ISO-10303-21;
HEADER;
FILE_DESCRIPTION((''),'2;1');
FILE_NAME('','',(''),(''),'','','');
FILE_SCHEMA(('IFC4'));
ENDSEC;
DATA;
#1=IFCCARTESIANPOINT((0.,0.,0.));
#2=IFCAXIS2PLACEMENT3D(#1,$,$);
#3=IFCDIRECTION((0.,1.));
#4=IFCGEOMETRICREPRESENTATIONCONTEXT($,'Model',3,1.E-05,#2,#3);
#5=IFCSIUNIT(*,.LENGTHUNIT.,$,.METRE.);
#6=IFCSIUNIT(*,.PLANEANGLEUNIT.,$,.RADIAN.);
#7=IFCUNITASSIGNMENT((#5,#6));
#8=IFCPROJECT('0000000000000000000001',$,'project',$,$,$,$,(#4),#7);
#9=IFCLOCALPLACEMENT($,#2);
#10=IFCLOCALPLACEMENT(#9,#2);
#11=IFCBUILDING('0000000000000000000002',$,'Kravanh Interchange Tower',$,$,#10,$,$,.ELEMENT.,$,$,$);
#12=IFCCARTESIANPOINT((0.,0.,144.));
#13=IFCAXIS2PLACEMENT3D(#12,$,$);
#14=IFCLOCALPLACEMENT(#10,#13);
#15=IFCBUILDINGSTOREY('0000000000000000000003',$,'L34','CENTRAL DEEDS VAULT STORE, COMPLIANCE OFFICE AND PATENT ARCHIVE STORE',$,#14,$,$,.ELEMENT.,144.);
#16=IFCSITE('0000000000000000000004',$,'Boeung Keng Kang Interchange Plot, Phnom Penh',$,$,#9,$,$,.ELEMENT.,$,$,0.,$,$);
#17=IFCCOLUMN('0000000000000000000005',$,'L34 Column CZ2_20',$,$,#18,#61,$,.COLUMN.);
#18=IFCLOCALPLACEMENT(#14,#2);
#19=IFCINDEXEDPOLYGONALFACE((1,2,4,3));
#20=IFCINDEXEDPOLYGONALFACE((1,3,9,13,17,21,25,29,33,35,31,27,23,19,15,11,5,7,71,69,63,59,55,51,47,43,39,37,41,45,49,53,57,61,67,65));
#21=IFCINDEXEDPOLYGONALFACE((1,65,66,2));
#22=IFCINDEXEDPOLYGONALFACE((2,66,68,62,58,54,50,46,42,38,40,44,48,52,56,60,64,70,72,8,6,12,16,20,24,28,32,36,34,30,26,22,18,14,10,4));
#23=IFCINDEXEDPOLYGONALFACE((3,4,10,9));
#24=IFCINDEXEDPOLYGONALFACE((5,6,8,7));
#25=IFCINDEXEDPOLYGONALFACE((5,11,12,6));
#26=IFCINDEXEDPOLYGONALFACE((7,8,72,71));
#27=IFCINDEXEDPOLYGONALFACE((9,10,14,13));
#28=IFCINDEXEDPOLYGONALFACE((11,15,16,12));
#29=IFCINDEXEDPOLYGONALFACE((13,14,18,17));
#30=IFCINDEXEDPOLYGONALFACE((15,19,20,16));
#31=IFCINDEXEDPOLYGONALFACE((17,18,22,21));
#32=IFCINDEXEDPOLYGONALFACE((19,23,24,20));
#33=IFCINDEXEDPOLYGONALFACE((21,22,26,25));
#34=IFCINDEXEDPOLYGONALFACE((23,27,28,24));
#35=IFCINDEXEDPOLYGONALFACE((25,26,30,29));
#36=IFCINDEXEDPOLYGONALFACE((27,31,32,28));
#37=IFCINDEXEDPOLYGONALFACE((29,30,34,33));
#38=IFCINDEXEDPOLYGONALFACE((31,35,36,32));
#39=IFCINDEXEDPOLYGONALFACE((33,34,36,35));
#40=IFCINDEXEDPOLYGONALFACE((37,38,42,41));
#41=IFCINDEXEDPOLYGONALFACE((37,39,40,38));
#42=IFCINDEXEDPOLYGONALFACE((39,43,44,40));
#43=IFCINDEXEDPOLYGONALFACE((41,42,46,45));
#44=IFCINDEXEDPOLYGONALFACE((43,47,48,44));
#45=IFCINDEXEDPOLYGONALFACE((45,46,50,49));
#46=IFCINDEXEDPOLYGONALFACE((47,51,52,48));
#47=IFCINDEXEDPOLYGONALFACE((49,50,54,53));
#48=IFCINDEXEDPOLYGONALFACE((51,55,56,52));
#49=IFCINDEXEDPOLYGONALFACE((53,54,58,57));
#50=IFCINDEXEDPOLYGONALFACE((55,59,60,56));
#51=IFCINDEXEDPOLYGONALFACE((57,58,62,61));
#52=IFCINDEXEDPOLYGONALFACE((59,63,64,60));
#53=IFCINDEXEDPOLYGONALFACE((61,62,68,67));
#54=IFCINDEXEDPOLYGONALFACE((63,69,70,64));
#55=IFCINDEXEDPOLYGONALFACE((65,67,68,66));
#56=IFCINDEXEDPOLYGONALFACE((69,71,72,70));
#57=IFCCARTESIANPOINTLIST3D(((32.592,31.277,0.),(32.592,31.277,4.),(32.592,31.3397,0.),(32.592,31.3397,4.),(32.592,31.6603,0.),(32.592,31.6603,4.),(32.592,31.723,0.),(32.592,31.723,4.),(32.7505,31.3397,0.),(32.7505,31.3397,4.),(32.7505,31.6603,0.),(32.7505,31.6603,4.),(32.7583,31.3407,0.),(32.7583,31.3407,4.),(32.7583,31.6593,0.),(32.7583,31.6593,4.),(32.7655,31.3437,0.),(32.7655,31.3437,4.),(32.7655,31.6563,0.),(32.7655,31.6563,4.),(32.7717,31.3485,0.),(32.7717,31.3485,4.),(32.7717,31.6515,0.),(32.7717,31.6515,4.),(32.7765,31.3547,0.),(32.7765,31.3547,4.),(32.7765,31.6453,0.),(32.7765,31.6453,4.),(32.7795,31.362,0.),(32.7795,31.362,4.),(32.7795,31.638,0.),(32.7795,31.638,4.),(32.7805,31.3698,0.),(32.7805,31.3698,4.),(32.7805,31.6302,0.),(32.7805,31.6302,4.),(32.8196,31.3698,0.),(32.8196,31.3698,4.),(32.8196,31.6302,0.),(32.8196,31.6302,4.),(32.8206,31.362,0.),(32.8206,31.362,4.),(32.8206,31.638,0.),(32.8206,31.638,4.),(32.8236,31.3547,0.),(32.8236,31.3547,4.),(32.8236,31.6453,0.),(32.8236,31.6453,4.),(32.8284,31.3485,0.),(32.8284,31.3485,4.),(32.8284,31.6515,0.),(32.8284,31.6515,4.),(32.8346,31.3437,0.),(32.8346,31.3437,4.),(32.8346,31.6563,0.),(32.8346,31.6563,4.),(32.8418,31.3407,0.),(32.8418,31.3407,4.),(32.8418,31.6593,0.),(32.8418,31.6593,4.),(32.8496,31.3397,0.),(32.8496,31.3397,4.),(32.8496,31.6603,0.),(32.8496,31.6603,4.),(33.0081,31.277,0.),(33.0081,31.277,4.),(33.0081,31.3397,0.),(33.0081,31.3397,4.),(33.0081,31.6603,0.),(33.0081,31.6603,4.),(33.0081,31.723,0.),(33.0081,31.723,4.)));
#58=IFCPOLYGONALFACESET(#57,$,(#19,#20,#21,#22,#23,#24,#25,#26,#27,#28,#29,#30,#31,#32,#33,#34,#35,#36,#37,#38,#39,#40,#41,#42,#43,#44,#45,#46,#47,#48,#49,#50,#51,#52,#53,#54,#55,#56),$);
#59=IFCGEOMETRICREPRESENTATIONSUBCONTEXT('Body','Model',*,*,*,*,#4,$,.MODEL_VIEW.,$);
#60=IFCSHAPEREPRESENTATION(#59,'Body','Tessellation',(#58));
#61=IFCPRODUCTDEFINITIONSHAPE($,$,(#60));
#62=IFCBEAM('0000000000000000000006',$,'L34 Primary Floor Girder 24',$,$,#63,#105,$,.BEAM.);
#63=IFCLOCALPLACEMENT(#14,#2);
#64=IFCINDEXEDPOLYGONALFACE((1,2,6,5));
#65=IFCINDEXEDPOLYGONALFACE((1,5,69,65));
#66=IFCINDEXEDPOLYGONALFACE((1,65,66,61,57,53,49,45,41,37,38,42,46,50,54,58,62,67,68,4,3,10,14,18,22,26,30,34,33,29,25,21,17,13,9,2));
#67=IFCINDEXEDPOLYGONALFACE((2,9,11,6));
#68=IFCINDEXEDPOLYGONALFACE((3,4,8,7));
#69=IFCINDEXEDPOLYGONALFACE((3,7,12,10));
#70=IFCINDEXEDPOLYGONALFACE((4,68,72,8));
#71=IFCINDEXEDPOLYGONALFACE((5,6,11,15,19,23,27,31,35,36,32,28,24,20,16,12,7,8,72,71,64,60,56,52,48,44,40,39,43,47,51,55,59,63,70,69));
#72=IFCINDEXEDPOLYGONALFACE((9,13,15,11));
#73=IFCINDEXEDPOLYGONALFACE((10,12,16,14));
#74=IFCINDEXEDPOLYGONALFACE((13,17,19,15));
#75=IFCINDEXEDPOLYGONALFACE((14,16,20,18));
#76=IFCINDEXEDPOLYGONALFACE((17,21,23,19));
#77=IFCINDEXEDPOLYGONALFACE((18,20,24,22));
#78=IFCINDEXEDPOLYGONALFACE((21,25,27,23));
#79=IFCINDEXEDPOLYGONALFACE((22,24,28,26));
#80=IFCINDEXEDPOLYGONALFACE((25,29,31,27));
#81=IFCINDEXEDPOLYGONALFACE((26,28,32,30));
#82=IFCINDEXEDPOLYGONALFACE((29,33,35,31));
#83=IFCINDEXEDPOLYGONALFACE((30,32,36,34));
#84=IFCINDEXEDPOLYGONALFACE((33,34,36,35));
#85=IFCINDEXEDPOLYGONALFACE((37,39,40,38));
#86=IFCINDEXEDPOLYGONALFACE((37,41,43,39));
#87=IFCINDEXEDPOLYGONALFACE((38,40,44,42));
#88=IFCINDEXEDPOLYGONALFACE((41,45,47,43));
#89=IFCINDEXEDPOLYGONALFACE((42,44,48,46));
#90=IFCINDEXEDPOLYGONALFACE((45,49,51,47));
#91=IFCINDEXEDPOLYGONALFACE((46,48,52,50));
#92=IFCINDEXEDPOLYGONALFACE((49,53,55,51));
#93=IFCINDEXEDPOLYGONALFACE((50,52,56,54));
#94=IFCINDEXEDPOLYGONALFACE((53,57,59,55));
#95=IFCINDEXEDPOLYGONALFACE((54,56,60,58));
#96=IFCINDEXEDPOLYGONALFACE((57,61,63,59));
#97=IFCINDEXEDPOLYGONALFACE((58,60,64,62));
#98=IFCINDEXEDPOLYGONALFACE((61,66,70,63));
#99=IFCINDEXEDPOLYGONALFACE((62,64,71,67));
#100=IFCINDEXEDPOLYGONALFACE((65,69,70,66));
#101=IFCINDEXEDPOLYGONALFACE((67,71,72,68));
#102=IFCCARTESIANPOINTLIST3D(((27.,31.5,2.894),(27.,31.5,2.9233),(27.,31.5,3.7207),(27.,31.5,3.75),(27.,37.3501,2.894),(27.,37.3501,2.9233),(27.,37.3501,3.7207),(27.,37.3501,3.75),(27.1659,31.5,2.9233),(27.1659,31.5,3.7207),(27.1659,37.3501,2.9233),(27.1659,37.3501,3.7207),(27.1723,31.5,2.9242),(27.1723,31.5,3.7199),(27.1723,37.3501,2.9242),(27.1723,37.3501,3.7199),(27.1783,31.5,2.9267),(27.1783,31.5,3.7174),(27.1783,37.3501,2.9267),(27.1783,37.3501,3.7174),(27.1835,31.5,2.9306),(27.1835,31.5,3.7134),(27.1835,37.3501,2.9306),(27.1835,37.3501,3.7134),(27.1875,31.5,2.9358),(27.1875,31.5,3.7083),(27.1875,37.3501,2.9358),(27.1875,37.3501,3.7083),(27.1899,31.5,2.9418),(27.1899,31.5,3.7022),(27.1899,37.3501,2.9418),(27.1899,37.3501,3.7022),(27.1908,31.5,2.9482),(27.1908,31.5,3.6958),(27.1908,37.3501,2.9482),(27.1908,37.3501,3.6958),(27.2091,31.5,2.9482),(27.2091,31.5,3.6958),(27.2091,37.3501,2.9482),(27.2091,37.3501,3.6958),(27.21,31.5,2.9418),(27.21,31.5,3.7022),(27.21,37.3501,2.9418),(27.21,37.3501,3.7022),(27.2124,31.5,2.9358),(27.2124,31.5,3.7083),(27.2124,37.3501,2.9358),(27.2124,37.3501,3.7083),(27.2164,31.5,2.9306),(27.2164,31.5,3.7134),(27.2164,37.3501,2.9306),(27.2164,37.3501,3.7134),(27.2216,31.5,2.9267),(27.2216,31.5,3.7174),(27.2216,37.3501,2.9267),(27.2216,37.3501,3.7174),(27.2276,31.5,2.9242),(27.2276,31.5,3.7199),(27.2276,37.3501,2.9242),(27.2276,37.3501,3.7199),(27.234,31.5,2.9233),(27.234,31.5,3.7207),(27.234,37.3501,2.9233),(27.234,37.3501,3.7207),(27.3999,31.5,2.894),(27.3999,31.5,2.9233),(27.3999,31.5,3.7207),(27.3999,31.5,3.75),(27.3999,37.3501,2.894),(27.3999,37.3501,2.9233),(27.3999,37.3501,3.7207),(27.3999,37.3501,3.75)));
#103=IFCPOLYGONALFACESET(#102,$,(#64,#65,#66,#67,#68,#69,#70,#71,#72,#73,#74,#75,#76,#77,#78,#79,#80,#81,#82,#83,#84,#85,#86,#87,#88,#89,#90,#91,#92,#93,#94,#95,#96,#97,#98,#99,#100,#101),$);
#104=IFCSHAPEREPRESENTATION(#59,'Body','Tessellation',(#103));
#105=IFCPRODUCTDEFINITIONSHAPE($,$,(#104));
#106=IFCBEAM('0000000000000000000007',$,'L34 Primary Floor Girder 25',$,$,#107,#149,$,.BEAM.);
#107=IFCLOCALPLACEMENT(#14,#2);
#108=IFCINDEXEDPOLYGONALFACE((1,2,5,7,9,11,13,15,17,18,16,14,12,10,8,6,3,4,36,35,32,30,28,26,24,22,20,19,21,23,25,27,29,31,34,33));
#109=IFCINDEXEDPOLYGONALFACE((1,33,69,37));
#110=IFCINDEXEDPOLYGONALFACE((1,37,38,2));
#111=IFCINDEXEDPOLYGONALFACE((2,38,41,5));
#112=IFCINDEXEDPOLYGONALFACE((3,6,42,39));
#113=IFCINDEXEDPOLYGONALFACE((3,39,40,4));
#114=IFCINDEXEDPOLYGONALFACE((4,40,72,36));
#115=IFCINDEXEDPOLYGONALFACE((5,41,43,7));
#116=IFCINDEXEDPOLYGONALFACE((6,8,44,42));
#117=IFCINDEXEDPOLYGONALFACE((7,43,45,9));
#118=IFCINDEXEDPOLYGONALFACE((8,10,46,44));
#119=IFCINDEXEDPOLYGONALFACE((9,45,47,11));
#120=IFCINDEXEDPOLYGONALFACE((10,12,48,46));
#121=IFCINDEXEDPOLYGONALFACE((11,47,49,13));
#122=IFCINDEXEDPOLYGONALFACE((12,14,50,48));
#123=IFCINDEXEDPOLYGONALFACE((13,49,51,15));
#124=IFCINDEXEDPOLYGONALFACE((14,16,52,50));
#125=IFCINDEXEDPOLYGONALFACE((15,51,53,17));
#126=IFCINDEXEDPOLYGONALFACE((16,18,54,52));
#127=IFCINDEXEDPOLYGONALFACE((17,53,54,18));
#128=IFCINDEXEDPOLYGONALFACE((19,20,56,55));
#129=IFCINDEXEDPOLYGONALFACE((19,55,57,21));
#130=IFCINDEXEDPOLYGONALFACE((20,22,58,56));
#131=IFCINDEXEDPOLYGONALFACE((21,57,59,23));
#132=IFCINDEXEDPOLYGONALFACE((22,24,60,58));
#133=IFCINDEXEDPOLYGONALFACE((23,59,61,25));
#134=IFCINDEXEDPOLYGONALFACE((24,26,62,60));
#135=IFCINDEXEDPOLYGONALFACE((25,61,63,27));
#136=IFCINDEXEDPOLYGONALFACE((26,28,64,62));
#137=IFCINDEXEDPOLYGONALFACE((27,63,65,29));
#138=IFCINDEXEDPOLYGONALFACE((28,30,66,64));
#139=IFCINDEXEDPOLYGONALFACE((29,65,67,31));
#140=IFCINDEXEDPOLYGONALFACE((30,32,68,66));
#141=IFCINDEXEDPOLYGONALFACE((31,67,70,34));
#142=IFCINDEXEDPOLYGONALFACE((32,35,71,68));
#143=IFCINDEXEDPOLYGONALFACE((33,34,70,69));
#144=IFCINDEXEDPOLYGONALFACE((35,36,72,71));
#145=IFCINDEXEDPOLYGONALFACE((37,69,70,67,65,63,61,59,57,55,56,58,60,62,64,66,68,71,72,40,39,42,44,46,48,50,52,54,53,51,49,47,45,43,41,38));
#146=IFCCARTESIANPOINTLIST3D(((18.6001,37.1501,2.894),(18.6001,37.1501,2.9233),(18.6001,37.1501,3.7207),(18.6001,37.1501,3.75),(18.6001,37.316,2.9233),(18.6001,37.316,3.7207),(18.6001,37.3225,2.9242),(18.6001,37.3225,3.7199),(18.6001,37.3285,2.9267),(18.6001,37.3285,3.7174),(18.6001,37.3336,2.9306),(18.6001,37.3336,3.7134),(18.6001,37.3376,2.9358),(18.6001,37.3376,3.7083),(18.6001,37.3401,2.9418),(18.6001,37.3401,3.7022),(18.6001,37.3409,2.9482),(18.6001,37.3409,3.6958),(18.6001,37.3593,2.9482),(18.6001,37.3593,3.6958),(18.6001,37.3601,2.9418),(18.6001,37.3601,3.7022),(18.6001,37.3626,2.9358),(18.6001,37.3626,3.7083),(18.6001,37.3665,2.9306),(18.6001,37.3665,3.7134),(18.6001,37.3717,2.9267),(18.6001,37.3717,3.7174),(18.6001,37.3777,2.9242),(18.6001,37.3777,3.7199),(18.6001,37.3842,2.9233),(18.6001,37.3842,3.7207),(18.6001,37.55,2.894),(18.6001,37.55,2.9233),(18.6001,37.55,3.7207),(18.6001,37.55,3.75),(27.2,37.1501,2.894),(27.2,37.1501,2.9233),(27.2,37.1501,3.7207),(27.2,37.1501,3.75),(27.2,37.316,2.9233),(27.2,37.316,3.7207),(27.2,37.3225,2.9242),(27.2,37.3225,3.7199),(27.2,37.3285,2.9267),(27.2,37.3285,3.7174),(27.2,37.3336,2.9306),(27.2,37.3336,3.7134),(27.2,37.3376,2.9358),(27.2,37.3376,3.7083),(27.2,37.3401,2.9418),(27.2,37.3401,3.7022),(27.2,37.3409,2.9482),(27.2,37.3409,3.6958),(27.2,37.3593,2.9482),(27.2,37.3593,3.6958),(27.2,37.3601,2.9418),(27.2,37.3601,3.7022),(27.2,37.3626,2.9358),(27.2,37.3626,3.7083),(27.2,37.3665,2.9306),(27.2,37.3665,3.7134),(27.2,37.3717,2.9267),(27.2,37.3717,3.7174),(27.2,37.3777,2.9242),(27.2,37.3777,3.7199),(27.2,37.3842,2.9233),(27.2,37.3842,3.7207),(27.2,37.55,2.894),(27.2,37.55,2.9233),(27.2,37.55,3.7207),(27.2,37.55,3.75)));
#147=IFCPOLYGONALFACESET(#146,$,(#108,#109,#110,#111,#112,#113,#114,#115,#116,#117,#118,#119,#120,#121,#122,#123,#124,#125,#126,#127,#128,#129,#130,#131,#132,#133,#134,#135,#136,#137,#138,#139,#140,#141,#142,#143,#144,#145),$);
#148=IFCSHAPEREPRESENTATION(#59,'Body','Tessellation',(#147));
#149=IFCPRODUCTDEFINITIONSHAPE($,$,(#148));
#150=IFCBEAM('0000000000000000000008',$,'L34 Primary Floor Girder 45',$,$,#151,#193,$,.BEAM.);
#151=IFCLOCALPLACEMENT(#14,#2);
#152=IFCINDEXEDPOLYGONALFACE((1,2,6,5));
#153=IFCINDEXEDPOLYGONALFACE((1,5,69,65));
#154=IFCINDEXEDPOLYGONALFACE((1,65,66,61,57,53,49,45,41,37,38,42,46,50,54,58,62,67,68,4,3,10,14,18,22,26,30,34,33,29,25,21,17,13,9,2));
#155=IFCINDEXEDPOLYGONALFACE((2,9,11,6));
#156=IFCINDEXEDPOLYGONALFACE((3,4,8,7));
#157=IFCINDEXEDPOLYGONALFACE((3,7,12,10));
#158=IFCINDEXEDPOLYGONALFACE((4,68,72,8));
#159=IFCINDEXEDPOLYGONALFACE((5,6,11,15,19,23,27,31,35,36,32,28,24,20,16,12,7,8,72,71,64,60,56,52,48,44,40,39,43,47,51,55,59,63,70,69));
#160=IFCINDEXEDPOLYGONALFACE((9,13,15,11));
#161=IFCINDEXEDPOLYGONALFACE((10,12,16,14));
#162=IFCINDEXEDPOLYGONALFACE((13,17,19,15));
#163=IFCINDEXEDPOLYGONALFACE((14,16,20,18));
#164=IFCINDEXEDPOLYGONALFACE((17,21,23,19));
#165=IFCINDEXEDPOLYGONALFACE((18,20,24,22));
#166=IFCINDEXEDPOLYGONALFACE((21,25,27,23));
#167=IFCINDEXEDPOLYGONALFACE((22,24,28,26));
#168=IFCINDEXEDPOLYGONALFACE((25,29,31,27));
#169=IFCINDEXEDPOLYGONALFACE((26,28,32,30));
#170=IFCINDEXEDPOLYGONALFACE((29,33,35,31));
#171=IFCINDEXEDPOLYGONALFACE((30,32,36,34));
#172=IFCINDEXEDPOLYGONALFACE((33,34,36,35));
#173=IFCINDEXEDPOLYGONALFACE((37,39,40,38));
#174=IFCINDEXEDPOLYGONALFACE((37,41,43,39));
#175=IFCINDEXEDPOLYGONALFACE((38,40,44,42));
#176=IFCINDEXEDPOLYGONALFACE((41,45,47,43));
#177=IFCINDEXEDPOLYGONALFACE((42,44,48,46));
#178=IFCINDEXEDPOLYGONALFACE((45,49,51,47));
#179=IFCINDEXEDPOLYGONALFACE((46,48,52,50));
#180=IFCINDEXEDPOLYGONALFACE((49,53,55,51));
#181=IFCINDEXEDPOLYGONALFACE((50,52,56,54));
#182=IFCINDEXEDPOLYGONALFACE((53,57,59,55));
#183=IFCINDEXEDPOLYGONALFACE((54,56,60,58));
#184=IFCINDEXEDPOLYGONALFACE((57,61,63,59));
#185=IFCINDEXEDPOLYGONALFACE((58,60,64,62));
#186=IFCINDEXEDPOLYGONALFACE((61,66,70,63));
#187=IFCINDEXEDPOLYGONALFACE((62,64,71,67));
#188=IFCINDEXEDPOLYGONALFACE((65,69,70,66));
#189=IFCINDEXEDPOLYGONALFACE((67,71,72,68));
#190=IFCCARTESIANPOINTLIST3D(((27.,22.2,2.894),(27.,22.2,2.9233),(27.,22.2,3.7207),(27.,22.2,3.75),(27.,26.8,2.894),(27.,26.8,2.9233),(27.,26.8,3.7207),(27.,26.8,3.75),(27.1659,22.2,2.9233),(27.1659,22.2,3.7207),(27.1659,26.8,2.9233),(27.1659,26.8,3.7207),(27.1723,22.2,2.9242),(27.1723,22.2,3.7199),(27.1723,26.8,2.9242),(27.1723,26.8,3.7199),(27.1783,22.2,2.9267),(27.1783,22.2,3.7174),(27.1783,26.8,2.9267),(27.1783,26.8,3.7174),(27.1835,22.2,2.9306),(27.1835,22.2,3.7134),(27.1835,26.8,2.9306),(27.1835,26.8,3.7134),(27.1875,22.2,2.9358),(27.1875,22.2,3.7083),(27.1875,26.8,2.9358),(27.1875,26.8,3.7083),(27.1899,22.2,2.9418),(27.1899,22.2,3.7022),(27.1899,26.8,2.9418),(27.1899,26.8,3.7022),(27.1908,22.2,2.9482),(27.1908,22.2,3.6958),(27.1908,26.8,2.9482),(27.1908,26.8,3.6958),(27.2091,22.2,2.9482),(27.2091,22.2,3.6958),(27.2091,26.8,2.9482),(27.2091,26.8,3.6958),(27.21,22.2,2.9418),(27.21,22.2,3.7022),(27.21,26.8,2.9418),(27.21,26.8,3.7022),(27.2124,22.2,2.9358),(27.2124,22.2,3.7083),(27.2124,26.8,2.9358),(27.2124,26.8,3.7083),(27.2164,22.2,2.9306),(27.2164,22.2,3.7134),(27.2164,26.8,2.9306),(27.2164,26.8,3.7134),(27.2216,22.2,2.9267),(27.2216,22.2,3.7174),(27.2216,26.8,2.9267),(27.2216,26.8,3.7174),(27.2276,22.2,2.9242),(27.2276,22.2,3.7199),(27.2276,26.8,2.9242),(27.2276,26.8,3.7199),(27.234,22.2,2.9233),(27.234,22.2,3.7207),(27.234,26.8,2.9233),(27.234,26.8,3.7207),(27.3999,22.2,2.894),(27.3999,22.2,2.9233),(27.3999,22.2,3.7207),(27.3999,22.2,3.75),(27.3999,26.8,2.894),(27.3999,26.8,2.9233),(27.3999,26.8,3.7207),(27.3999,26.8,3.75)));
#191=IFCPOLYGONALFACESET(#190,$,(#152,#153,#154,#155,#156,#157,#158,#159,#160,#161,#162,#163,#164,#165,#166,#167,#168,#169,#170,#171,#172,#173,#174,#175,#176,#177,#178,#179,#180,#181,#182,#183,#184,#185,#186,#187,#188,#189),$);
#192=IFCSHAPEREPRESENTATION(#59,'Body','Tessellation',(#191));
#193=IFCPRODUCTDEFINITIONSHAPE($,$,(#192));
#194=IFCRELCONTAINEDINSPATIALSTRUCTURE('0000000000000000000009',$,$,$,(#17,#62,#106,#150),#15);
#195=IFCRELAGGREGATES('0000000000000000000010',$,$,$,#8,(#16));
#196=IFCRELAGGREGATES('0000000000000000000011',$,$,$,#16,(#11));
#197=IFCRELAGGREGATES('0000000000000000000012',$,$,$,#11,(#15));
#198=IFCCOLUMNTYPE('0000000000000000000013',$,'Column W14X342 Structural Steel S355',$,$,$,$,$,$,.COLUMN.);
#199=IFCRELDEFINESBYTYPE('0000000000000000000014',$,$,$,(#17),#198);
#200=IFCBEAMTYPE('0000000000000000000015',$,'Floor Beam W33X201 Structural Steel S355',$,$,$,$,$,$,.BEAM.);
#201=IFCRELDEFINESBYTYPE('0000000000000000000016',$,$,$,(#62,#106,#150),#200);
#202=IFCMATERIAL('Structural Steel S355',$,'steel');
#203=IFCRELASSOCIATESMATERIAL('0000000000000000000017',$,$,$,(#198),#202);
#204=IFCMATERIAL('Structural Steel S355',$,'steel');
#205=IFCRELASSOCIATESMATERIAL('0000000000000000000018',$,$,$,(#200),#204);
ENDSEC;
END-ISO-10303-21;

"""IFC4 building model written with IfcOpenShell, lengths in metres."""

from ifc_helpers import new_model, si_unit, direction, frame, origin, origin_2d, place, context, subcontext, project, spatial, i_section, extrude, material, material_profile, profile_set, type_object, element, save


model = new_model("IFC4")

# Units and contexts
model_context = context("Model", 3, precision=1e-05, world=origin(), true_north=direction((0.0, 1.0)))
body_context = subcontext(model_context, "Body", "Model", "MODEL_VIEW")
ifc_project = project(units=[si_unit("LENGTHUNIT", "METRE"), si_unit("PLANEANGLEUNIT", "RADIAN")], contexts=[model_context])

# Site, building, storey
site_placement = place(None, origin())
site = spatial("IfcSite", under=ifc_project, at=site_placement, Name="Boeung Keng Kang Interchange Plot, Phnom Penh", CompositionType="ELEMENT", RefElevation=0.0)
building_placement = place(site_placement, origin())
building = spatial("IfcBuilding", under=site, at=building_placement, Name="Kravanh Interchange Tower", CompositionType="ELEMENT")
storey_placement = place(building_placement, frame((0.0, 0.0, 144.0)))
storey = spatial("IfcBuildingStorey", under=building, at=storey_placement, Name="L34", Description="CENTRAL DEEDS VAULT STORE, COMPLIANCE OFFICE AND PATENT ARCHIVE STORE", CompositionType="ELEMENT", Elevation=144.0)

# Column
ifc_material_1 = material(Name="Structural Steel S355", Category="steel")
ifc_material_profile_1 = material_profile(ifc_material_1, i_section(OverallWidth=0.416, OverallDepth=0.446, WebThickness=0.0391, FlangeThickness=0.0627, FilletRadius=0.03, at=origin_2d()), Name="W14X342")
ifc_profile_set_1 = profile_set([ifc_material_profile_1], Name="Structural Steel S355")
column_type_1 = type_object("IfcColumnType", Name="Column W14X342 Structural Steel S355", PredefinedType="COLUMN", material=ifc_profile_set_1)
for number, where, z_axis, x_axis, name in (
    (1, (32.8, 31.5, 0.0), (0.0, 0.0, 1.0), (1.0, 0.0, 0.0), "L34 Column CZ2_20"),
):
    element("IfcColumn", number, at=place(storey_placement, frame(where, z_axis=z_axis, x_axis=x_axis)), inside=storey, type_object=column_type_1, Name=name, PredefinedType="COLUMN", context=body_context, shape_type="SweptSolid", body=[
        extrude(i_section(OverallWidth=0.416, OverallDepth=0.446, WebThickness=0.0391, FlangeThickness=0.0627, FilletRadius=0.03, at=origin_2d()), origin(), (0.0, 0.0, 1.0), 4.0),
    ])

# Beams
ifc_material_2 = material(Name="Structural Steel S355", Category="steel")
ifc_material_profile_2 = material_profile(ifc_material_2, i_section(OverallWidth=0.3999, OverallDepth=0.856, WebThickness=0.0183, FlangeThickness=0.0293, FilletRadius=0.0249, at=origin_2d()), Name="W33X201")
ifc_profile_set_2 = profile_set([ifc_material_profile_2], Name="Structural Steel S355")
beam_type_1 = type_object("IfcBeamType", Name="Floor Beam W33X201 Structural Steel S355", PredefinedType="BEAM", material=ifc_profile_set_2)
beam_1_placement = place(storey_placement, frame((27.2, 37.3501, 3.322), z_axis=(0.0, -1.0, 0.0), x_axis=(1.0, 0.0, 0.0)))
element("IfcBeam", 2, at=beam_1_placement, inside=storey, type_object=beam_type_1, Name="L34 Primary Floor Girder 24", PredefinedType="BEAM", context=body_context, shape_type="SweptSolid", body=[
    extrude(i_section(OverallWidth=0.3999, OverallDepth=0.856, WebThickness=0.0183, FlangeThickness=0.0293, FilletRadius=0.0249, at=origin_2d()), origin(), (0.0, 0.0, 1.0), 5.8501),
])
beam_2_placement = place(storey_placement, frame((27.2, 37.3501, 3.322), z_axis=(-1.0, 0.0, 0.0), x_axis=(0.0, -1.0, 0.0)))
element("IfcBeam", 3, at=beam_2_placement, inside=storey, type_object=beam_type_1, Name="L34 Primary Floor Girder 25", PredefinedType="BEAM", context=body_context, shape_type="SweptSolid", body=[
    extrude(i_section(OverallWidth=0.3999, OverallDepth=0.856, WebThickness=0.0183, FlangeThickness=0.0293, FilletRadius=0.0249, at=origin_2d()), origin(), (0.0, 0.0, 1.0), 8.5999),
])
beam_3_placement = place(storey_placement, frame((27.2, 26.8, 3.322), z_axis=(0.0, -1.0, 0.0), x_axis=(1.0, 0.0, 0.0)))
element("IfcBeam", 4, at=beam_3_placement, inside=storey, type_object=beam_type_1, Name="L34 Primary Floor Girder 45", PredefinedType="BEAM", context=body_context, shape_type="SweptSolid", body=[
    extrude(i_section(OverallWidth=0.3999, OverallDepth=0.856, WebThickness=0.0183, FlangeThickness=0.0293, FilletRadius=0.0249, at=origin_2d()), origin(), (0.0, 0.0, 1.0), 4.6001),
])

save(model, "model.ifc")
